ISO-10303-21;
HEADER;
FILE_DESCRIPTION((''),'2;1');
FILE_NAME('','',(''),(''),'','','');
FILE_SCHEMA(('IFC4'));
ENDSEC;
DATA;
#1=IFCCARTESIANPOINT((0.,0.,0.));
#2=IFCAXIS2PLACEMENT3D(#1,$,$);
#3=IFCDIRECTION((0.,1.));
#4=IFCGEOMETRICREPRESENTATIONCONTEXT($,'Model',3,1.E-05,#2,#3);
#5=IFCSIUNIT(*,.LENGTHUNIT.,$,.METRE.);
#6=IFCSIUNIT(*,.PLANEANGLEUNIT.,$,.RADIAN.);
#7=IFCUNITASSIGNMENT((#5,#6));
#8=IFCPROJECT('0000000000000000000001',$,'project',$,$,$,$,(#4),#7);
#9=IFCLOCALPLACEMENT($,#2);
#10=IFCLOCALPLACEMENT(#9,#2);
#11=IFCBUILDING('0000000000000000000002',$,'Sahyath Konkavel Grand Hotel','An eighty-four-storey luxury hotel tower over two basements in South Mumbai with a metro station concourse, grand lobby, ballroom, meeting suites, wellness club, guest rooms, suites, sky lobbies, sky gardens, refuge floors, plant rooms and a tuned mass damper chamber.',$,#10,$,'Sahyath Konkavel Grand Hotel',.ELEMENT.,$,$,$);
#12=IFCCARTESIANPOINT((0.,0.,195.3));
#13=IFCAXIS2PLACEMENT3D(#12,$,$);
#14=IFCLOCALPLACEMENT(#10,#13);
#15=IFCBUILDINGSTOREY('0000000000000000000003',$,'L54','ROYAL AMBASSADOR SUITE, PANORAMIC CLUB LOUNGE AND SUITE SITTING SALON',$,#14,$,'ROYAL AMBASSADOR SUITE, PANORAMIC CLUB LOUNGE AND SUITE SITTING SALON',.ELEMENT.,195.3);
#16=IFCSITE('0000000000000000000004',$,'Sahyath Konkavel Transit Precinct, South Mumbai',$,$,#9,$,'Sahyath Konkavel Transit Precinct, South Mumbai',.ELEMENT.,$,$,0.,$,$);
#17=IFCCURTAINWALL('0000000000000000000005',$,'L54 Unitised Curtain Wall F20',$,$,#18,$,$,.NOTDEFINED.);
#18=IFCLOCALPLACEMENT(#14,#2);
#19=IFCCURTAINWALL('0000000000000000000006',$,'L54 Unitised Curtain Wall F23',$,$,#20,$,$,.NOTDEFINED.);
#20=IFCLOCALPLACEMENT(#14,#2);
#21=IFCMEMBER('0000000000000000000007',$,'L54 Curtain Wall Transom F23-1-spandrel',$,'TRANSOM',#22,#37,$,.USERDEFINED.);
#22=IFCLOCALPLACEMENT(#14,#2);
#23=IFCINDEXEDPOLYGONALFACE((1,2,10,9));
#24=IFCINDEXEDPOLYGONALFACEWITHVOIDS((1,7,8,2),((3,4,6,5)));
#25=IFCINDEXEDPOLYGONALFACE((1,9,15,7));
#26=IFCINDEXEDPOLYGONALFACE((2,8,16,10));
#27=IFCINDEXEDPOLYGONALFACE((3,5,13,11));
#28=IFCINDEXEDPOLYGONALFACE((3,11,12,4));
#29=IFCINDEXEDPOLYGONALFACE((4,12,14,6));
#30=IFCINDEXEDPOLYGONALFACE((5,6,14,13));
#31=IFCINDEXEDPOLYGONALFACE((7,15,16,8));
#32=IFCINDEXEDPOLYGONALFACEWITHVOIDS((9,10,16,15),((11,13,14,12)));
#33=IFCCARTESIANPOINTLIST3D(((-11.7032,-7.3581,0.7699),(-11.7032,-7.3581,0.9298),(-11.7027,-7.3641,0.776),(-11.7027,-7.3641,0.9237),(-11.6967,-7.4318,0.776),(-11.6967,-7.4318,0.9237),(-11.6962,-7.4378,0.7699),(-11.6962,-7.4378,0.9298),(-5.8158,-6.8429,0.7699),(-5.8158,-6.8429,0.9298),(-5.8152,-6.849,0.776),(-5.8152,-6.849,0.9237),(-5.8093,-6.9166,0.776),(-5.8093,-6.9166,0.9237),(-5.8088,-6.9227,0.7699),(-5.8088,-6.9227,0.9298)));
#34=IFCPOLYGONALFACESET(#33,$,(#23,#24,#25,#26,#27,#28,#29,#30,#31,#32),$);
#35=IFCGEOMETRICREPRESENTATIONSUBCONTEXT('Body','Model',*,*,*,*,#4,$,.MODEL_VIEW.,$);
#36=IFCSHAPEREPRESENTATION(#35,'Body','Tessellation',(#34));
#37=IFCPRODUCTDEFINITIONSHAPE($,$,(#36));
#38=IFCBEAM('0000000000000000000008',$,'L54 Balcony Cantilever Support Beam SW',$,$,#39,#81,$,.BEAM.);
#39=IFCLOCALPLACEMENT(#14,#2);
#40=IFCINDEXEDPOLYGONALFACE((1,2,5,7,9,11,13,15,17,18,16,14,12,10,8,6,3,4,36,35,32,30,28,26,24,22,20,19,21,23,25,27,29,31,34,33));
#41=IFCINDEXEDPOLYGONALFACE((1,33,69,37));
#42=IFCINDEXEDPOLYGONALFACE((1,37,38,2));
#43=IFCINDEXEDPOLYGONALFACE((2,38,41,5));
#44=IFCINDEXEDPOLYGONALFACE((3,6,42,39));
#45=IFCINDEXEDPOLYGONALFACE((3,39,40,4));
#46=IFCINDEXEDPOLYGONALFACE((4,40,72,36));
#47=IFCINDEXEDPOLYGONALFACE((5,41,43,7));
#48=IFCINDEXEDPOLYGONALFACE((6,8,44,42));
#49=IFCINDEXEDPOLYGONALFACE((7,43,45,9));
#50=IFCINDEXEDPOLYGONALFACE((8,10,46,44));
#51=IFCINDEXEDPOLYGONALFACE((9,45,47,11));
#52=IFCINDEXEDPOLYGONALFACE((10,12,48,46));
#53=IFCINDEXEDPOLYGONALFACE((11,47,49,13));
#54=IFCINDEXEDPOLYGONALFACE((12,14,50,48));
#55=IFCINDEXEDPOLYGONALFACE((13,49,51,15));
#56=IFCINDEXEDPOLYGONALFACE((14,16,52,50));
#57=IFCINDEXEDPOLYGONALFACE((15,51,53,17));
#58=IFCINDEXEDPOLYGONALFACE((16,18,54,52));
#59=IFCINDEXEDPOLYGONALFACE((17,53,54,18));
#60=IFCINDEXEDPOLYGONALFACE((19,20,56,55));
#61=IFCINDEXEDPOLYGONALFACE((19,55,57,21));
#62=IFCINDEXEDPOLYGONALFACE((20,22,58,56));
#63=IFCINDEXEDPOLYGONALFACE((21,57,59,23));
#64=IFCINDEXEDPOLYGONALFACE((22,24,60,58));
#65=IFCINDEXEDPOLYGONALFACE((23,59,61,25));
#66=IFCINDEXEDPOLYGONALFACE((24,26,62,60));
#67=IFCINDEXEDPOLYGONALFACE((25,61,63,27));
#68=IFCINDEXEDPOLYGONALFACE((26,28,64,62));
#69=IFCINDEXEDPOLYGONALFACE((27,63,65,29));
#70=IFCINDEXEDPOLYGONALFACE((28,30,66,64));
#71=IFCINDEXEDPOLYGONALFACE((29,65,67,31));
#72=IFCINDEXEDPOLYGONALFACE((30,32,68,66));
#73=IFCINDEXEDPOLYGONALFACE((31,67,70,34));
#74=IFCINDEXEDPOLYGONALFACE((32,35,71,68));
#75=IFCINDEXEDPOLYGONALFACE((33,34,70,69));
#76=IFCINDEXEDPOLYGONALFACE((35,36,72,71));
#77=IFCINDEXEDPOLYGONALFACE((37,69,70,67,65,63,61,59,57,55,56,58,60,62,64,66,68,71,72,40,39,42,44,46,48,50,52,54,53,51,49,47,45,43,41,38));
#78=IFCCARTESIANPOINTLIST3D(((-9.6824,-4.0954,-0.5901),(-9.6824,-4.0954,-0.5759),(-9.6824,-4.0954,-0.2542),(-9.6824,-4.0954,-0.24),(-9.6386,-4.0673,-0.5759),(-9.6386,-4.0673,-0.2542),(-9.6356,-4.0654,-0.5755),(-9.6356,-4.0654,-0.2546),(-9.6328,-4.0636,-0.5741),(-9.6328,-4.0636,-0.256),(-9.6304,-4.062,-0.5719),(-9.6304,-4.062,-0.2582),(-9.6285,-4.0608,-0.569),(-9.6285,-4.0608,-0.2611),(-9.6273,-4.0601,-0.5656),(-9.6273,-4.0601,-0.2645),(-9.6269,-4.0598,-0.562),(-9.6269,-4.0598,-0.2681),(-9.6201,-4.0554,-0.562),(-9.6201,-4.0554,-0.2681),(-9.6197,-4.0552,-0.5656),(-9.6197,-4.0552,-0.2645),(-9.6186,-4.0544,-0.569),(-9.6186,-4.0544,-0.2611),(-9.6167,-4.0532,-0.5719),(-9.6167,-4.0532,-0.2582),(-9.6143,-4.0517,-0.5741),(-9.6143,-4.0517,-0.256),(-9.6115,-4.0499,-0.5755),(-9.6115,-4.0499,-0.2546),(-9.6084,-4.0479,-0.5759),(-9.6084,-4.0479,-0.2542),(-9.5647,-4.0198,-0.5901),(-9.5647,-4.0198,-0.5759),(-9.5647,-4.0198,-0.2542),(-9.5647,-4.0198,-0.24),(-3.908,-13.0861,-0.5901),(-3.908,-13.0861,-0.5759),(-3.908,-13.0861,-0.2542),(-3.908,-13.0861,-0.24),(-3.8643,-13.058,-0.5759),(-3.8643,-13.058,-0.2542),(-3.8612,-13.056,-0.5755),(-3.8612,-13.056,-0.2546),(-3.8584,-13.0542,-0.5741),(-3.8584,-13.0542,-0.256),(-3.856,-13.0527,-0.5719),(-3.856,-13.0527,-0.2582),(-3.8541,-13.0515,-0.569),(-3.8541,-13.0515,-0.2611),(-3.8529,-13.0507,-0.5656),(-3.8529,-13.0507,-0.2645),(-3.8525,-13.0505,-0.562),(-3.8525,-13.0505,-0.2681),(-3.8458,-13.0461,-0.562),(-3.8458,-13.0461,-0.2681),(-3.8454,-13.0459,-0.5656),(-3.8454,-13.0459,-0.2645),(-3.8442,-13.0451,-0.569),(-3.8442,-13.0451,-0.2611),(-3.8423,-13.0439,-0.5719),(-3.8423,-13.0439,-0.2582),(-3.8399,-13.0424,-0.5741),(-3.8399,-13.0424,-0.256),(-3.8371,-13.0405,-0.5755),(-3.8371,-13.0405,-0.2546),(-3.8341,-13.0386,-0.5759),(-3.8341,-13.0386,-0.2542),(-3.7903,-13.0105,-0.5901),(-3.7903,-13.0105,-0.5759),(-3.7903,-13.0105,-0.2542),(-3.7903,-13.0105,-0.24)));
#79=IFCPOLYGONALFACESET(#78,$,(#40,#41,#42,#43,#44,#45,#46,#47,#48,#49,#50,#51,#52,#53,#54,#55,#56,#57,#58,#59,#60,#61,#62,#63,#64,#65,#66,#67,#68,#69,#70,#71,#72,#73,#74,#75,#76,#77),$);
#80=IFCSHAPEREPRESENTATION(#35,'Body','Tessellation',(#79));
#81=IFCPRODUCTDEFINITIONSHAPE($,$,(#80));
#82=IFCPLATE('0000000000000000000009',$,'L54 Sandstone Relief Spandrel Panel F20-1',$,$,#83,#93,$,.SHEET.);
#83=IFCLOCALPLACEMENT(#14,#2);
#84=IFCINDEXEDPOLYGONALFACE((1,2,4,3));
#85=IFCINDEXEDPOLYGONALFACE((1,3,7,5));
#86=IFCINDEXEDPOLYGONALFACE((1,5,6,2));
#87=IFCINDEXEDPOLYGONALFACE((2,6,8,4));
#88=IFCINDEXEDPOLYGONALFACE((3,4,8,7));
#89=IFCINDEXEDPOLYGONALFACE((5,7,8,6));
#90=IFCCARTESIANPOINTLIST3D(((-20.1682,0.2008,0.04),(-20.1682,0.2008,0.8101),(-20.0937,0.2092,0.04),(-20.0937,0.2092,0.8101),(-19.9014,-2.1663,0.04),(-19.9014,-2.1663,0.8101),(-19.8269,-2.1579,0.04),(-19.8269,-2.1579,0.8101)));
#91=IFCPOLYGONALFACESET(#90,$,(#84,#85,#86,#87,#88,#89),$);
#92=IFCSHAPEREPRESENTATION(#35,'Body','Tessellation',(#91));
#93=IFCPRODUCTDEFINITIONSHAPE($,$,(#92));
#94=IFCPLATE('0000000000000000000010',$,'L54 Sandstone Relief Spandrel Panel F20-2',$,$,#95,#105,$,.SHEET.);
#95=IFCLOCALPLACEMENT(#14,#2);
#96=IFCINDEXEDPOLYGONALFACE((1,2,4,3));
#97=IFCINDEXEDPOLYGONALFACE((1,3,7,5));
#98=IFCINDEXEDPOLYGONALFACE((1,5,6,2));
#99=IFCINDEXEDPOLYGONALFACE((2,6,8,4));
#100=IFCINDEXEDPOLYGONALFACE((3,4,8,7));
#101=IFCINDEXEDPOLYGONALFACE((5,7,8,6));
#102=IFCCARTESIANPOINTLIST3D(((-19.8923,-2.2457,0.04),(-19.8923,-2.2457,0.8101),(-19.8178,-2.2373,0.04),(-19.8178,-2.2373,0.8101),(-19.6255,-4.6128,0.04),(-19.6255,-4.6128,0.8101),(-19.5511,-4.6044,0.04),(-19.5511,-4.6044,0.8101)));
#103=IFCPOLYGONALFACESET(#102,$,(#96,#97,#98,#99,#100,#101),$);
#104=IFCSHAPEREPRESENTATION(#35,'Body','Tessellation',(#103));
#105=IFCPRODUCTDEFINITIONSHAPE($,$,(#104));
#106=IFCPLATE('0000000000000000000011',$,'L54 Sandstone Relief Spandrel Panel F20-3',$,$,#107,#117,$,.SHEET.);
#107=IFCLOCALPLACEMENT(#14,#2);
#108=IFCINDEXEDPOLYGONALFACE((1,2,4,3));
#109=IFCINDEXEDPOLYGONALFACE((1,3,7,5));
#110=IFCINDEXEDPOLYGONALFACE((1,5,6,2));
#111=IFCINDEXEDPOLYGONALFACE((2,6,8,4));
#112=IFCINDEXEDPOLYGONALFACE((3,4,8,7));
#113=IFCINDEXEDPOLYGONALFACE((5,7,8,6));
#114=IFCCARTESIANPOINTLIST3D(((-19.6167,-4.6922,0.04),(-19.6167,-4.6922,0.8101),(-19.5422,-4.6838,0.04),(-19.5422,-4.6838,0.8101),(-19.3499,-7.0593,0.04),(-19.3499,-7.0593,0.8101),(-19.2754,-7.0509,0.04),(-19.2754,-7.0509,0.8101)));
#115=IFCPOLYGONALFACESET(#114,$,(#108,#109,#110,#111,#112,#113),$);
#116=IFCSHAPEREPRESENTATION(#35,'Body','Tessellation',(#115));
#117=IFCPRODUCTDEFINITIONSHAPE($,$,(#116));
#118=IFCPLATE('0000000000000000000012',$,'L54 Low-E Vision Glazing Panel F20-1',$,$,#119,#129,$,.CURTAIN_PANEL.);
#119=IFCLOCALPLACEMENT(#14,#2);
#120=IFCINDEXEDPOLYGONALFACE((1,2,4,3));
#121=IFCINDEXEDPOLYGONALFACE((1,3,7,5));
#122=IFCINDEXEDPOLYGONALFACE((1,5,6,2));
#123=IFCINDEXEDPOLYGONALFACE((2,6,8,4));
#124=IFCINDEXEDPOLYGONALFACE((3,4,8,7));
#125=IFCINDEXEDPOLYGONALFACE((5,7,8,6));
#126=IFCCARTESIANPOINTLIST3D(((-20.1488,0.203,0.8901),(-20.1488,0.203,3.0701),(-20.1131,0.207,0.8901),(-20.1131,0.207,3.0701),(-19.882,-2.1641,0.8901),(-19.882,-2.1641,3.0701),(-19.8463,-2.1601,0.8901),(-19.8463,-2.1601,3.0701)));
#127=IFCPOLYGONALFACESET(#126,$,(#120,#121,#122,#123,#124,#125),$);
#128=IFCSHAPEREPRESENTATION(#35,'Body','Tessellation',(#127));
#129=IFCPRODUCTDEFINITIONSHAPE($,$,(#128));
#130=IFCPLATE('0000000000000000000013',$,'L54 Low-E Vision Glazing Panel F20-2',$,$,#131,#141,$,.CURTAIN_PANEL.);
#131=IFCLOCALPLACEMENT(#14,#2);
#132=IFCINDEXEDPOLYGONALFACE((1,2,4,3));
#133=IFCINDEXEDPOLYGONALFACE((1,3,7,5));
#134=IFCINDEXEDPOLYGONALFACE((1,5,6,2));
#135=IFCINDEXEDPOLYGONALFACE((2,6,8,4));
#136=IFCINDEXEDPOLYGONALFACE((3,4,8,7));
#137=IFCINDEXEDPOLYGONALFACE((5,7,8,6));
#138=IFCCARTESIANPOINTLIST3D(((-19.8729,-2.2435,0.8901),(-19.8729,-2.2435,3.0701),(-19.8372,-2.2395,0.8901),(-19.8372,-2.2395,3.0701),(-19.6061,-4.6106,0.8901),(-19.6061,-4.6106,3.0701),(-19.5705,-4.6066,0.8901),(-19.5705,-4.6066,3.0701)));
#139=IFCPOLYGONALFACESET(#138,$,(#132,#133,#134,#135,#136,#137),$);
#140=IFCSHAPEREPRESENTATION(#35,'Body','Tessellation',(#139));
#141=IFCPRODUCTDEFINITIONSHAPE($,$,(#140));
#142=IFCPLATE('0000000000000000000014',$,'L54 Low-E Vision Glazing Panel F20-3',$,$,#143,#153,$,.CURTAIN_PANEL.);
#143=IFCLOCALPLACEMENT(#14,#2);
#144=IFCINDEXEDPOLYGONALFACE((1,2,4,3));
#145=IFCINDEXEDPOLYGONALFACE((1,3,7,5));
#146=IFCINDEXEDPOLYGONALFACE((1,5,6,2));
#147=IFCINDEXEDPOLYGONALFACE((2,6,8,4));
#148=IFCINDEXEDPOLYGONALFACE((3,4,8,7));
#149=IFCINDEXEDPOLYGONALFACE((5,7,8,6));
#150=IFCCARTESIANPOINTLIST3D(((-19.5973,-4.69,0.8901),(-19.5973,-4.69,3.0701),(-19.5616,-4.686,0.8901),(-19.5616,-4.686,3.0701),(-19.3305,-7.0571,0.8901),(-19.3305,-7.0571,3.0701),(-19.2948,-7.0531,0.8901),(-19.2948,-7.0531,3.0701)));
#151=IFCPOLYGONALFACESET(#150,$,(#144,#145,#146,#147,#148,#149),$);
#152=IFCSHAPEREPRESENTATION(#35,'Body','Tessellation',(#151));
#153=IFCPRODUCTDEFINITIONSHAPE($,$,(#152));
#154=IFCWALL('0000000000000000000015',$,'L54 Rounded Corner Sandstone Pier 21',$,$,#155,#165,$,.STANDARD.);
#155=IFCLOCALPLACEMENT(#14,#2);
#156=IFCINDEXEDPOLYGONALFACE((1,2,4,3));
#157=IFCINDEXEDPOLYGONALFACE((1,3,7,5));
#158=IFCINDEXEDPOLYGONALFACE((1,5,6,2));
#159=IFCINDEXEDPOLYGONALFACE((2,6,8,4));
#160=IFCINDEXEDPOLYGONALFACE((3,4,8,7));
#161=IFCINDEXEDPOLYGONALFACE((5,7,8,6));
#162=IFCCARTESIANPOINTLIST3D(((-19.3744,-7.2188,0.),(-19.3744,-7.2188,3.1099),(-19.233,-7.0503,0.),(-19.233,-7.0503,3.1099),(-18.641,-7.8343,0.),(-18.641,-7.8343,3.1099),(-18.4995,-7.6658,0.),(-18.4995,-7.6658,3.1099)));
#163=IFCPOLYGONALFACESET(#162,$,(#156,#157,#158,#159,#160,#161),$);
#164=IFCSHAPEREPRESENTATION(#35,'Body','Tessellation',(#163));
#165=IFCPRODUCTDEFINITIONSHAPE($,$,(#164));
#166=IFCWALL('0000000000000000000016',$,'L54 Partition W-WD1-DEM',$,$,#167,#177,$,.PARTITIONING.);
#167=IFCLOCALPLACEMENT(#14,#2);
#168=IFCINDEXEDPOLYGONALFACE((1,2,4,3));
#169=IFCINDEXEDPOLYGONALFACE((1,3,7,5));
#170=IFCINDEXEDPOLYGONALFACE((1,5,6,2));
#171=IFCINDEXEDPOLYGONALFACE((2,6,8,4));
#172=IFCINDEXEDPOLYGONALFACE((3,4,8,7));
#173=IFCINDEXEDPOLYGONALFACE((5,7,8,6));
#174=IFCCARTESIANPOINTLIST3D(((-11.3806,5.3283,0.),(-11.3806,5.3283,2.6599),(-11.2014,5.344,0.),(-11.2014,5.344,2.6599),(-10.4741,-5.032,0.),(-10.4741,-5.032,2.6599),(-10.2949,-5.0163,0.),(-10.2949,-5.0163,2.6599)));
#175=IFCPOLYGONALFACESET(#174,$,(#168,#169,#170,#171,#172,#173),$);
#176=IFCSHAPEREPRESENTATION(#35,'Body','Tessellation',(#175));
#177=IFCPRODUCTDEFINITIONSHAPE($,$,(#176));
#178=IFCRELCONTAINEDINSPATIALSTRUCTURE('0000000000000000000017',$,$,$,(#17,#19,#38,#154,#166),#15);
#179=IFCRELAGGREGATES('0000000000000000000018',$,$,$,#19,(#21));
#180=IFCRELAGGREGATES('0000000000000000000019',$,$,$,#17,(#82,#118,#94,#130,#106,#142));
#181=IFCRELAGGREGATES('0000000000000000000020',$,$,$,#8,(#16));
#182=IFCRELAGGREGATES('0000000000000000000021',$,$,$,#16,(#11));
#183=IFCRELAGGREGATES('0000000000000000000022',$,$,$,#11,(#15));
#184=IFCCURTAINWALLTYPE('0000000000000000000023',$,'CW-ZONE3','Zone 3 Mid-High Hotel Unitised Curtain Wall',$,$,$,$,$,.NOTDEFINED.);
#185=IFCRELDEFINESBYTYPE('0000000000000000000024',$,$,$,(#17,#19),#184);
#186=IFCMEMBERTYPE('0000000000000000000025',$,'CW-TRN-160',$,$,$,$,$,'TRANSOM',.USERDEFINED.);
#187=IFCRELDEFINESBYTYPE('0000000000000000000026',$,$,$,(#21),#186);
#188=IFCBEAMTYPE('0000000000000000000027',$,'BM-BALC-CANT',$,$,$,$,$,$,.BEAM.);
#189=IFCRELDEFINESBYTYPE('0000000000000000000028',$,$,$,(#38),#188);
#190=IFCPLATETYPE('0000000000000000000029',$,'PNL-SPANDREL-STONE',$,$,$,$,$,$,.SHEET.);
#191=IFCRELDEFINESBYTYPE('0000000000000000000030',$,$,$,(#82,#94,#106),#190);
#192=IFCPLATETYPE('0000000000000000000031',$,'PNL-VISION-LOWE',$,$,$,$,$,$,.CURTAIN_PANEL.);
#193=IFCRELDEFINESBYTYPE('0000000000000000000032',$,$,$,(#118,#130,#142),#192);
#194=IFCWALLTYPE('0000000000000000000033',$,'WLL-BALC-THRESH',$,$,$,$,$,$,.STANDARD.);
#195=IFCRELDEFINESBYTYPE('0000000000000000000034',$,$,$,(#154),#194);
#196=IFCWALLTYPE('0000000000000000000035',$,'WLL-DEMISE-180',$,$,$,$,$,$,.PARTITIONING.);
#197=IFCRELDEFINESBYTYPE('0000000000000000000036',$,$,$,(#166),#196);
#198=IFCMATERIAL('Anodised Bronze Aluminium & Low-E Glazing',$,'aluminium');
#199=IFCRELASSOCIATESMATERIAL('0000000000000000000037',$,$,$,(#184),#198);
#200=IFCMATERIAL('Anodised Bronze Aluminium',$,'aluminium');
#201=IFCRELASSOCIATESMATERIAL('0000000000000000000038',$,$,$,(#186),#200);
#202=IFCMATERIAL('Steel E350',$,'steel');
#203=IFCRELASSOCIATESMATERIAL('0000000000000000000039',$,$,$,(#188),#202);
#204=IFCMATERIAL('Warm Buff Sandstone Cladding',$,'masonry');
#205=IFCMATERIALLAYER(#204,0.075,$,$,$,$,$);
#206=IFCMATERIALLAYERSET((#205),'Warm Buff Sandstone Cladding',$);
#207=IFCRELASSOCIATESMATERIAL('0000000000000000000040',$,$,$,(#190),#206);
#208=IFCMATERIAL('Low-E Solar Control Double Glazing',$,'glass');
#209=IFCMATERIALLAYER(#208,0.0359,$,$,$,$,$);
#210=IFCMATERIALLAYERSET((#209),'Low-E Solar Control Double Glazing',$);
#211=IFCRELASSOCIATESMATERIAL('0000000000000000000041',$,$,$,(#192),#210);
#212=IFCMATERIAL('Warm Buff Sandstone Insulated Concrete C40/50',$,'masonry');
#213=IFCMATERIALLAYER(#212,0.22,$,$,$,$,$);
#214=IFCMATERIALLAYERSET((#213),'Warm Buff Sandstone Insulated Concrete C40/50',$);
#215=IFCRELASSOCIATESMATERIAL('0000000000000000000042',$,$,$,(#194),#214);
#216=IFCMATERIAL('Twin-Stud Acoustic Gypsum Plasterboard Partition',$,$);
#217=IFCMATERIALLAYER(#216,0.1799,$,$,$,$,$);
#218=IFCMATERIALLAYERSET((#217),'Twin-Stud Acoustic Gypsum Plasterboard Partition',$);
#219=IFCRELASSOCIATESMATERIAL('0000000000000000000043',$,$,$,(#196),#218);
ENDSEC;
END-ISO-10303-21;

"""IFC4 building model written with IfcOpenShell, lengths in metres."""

from ifc_helpers import new_model, si_unit, direction, frame, frame_2d, origin, origin_2d, place, context, subcontext, project, spatial, rectangle, hollow_rectangle, i_section, extrude, source, transform, mapped, material, layer, layer_set, material_profile, profile_set, type_object, element, aggregate, save


model = new_model("IFC4")

# Units and contexts
model_context = context("Model", 3, precision=1e-05, world=origin(), true_north=direction((0.0, 1.0)))
body_context = subcontext(model_context, "Body", "Model", "MODEL_VIEW")
ifc_project = project(units=[si_unit("LENGTHUNIT", "METRE"), si_unit("PLANEANGLEUNIT", "RADIAN")], contexts=[model_context])

# Site, building, storey
site_placement = place(None, origin())
site = spatial("IfcSite", under=ifc_project, at=site_placement, Name="Sahyath Konkavel Transit Precinct, South Mumbai", LongName="Sahyath Konkavel Transit Precinct, South Mumbai", CompositionType="ELEMENT", RefElevation=0.0)
building_placement = place(site_placement, origin())
building = spatial("IfcBuilding", under=site, at=building_placement, Name="Sahyath Konkavel Grand Hotel", Description="An eighty-four-storey luxury hotel tower over two basements in South Mumbai with a metro station concourse, grand lobby, ballroom, meeting suites, wellness club, guest rooms, suites, sky lobbies, sky gardens, refuge floors, plant rooms and a tuned mass damper chamber.", LongName="Sahyath Konkavel Grand Hotel", CompositionType="ELEMENT")
storey_placement = place(building_placement, frame((0.0, 0.0, 195.3)))
storey = spatial("IfcBuildingStorey", under=building, at=storey_placement, Name="L54", Description="ROYAL AMBASSADOR SUITE, PANORAMIC CLUB LOUNGE AND SUITE SITTING SALON", LongName="ROYAL AMBASSADOR SUITE, PANORAMIC CLUB LOUNGE AND SUITE SITTING SALON", CompositionType="ELEMENT", Elevation=195.3)

# Shared definitions
ifc_material_1 = material(Name="Steel E350", Category="steel")

# Curtain wall
ifc_material_2 = material(Name="Anodised Bronze Aluminium & Low-E Glazing", Category="aluminium")
curtain_wall_type = type_object("IfcCurtainWallType", Name="CW-ZONE3", Description="Zone 3 Mid-High Hotel Unitised Curtain Wall", PredefinedType="NOTDEFINED", material=ifc_material_2)
curtain_wall_1_placement = place(storey_placement, origin())
curtain_wall_1 = element("IfcCurtainWall", 1, at=curtain_wall_1_placement, inside=storey, type_object=curtain_wall_type, Name="L54 Unitised Curtain Wall F20", PredefinedType="NOTDEFINED")
ifc_material_3 = material(Name="Anodised Bronze Aluminium", Category="aluminium")
ifc_material_profile_1 = material_profile(ifc_material_3, hollow_rectangle(XDim=0.0801, YDim=0.1599, WallThickness=0.0061, at=origin_2d()), Name="RHS 160x80x6")
ifc_profile_set_1 = profile_set([ifc_material_profile_1], Name="Anodised Bronze Aluminium")
member_type_1 = type_object("IfcMemberType", Name="CW-TRN-160", ElementType="TRANSOM", PredefinedType="USERDEFINED", material=ifc_profile_set_1)

# Curtain wall, member
curtain_wall_2_placement = place(storey_placement, origin())
curtain_wall_2 = element("IfcCurtainWall", 2, at=curtain_wall_2_placement, inside=storey, type_object=curtain_wall_type, Name="L54 Unitised Curtain Wall F23", PredefinedType="NOTDEFINED")
shared_shape_1 = source(origin(), body_context, "Body", "SweptSolid", [
    extrude(hollow_rectangle(XDim=0.0801, YDim=0.1599, WallThickness=0.0061, at=origin_2d()), origin(), (0.0, 0.0, 1.0), 5.9099),
])
member_1_placement = place(storey_placement, frame((-11.6997, -7.3979, 0.8499), z_axis=(0.996194, 0.087164, 0.0), x_axis=(-0.087164, 0.996194, 0.0)))
member_1 = element("IfcMember", 3, at=member_1_placement, type_object=member_type_1, Name="L54 Curtain Wall Transom F23-1-spandrel", ObjectType="TRANSOM", PredefinedType="USERDEFINED", context=body_context, shape_type="MappedRepresentation", body=[
    mapped(shared_shape_1, transform((0.0, 0.0, 0.0), scale=1.0)),
])
aggregate(curtain_wall_2, [member_1])

# Beam
ifc_material_profile_2 = material_profile(ifc_material_1, i_section(OverallWidth=0.1399, OverallDepth=0.3501, WebThickness=0.0081, FlangeThickness=0.0142, FilletRadius=0.0139, at=origin_2d()), Name="ISMB 350")
ifc_profile_set_2 = profile_set([ifc_material_profile_2], Name="Steel E350")
beam_type_1 = type_object("IfcBeamType", Name="BM-BALC-CANT", PredefinedType="BEAM", material=ifc_profile_set_2)
shared_shape_2 = source(origin(), body_context, "Body", "SweptSolid", [
    extrude(i_section(OverallWidth=0.1399, OverallDepth=0.3501, WebThickness=0.0081, FlangeThickness=0.0142, FilletRadius=0.0139, at=origin_2d()), origin(), (0.0, 0.0, 1.0), 10.6853),
])
beam_1_placement = place(storey_placement, frame((-9.6235, -4.0576, -0.415), z_axis=(0.540404, -0.841406, 0.0), x_axis=(0.841406, 0.540404, 0.0)))
element("IfcBeam", 4, at=beam_1_placement, inside=storey, type_object=beam_type_1, Name="L54 Balcony Cantilever Support Beam SW", PredefinedType="BEAM", context=body_context, shape_type="MappedRepresentation", body=[
    mapped(shared_shape_2, transform((0.0, 0.0, 0.0), scale=1.0)),
])

# Plates
ifc_material_4 = material(Name="Warm Buff Sandstone Cladding", Category="masonry")
ifc_layer_1 = layer(ifc_material_4, 0.075)
ifc_layer_set_1 = layer_set([ifc_layer_1], Name="Warm Buff Sandstone Cladding")
plate_type_1 = type_object("IfcPlateType", Name="PNL-SPANDREL-STONE", PredefinedType="SHEET", material=ifc_layer_set_1)
shared_shape_3 = source(origin(), body_context, "Body", "SweptSolid", [
    extrude(rectangle(XDim=2.3821, YDim=0.075, at=origin_2d()), origin(), (0.0, 0.0, 1.0), 0.77),
])
plate_1_placement = place(storey_placement, frame((-19.9976, -0.9785, 0.04), z_axis=(0.0, 0.0, 1.0), x_axis=(0.111989, -0.993709, 0.0)))
plate_1 = element("IfcPlate", 5, at=plate_1_placement, type_object=plate_type_1, Name="L54 Sandstone Relief Spandrel Panel F20-1", PredefinedType="SHEET", context=body_context, shape_type="MappedRepresentation", body=[
    mapped(shared_shape_3, transform((0.0, 0.0, 0.0), scale=1.0)),
])
plate_2_placement = place(storey_placement, frame((-19.7217, -3.425, 0.04), z_axis=(0.0, 0.0, 1.0), x_axis=(0.111989, -0.993709, 0.0)))
plate_2 = element("IfcPlate", 6, at=plate_2_placement, type_object=plate_type_1, Name="L54 Sandstone Relief Spandrel Panel F20-2", PredefinedType="SHEET", context=body_context, shape_type="MappedRepresentation", body=[
    mapped(shared_shape_3, transform((0.0, 0.0, 0.0), scale=1.0)),
])
plate_3_placement = place(storey_placement, frame((-19.446, -5.8716, 0.04), z_axis=(0.0, 0.0, 1.0), x_axis=(0.111989, -0.993709, 0.0)))
plate_3 = element("IfcPlate", 7, at=plate_3_placement, type_object=plate_type_1, Name="L54 Sandstone Relief Spandrel Panel F20-3", PredefinedType="SHEET", context=body_context, shape_type="MappedRepresentation", body=[
    mapped(shared_shape_3, transform((0.0, 0.0, 0.0), scale=1.0)),
])
ifc_material_5 = material(Name="Low-E Solar Control Double Glazing", Category="glass")
ifc_layer_2 = layer(ifc_material_5, 0.0359)
ifc_layer_set_2 = layer_set([ifc_layer_2], Name="Low-E Solar Control Double Glazing")
plate_type_2 = type_object("IfcPlateType", Name="PNL-VISION-LOWE", PredefinedType="CURTAIN_PANEL", material=ifc_layer_set_2)
shared_shape_4 = source(origin(), body_context, "Body", "SweptSolid", [
    extrude(rectangle(XDim=2.3821, YDim=0.0359, at=origin_2d()), origin(), (0.0, 0.0, 1.0), 2.1799),
])
plate_4_placement = place(storey_placement, frame((-19.9976, -0.9785, 0.8901), z_axis=(0.0, 0.0, 1.0), x_axis=(0.111989, -0.993709, 0.0)))
plate_4 = element("IfcPlate", 8, at=plate_4_placement, type_object=plate_type_2, Name="L54 Low-E Vision Glazing Panel F20-1", PredefinedType="CURTAIN_PANEL", context=body_context, shape_type="MappedRepresentation", body=[
    mapped(shared_shape_4, transform((0.0, 0.0, 0.0), scale=1.0)),
])
plate_5_placement = place(storey_placement, frame((-19.7217, -3.425, 0.8901), z_axis=(0.0, 0.0, 1.0), x_axis=(0.111989, -0.993709, 0.0)))
plate_5 = element("IfcPlate", 9, at=plate_5_placement, type_object=plate_type_2, Name="L54 Low-E Vision Glazing Panel F20-2", PredefinedType="CURTAIN_PANEL", context=body_context, shape_type="MappedRepresentation", body=[
    mapped(shared_shape_4, transform((0.0, 0.0, 0.0), scale=1.0)),
])
plate_6_placement = place(storey_placement, frame((-19.446, -5.8716, 0.8901), z_axis=(0.0, 0.0, 1.0), x_axis=(0.111989, -0.993709, 0.0)))
plate_6 = element("IfcPlate", 10, at=plate_6_placement, type_object=plate_type_2, Name="L54 Low-E Vision Glazing Panel F20-3", PredefinedType="CURTAIN_PANEL", context=body_context, shape_type="MappedRepresentation", body=[
    mapped(shared_shape_4, transform((0.0, 0.0, 0.0), scale=1.0)),
])
aggregate(curtain_wall_1, [plate_1, plate_4, plate_2, plate_5, plate_3, plate_6])

# Walls
ifc_material_6 = material(Name="Warm Buff Sandstone Insulated Concrete C40/50", Category="masonry")
ifc_layer_3 = layer(ifc_material_6, 0.22)
ifc_layer_set_3 = layer_set([ifc_layer_3], Name="Warm Buff Sandstone Insulated Concrete C40/50")
wall_type_1 = type_object("IfcWallType", Name="WLL-BALC-THRESH", PredefinedType="STANDARD", material=ifc_layer_set_3)
wall_1_placement = place(storey_placement, frame((-19.3037, -7.1345, 0.0), z_axis=(0.0, 0.0, 1.0), x_axis=(0.766001, -0.642839, 0.0)))
element("IfcWall", 11, at=wall_1_placement, inside=storey, type_object=wall_type_1, Name="L54 Rounded Corner Sandstone Pier 21", PredefinedType="STANDARD", context=body_context, shape_type="SweptSolid", body=[
    extrude(rectangle(XDim=0.9575, YDim=0.22, at=frame_2d((0.4788, 0.0))), origin(), (0.0, 0.0, 1.0), 3.1099),
])
ifc_material_7 = material(Name="Twin-Stud Acoustic Gypsum Plasterboard Partition")
ifc_layer_4 = layer(ifc_material_7, 0.1799)
ifc_layer_set_4 = layer_set([ifc_layer_4], Name="Twin-Stud Acoustic Gypsum Plasterboard Partition")
wall_type_2 = type_object("IfcWallType", Name="WLL-DEMISE-180", PredefinedType="PARTITIONING", material=ifc_layer_set_4)
wall_2_placement = place(storey_placement, frame((-10.3845, -5.0242, 0.0), z_axis=(0.0, 0.0, 1.0), x_axis=(-0.087163, 0.996194, 0.0)))
element("IfcWall", 12, at=wall_2_placement, inside=storey, type_object=wall_type_2, Name="L54 Partition W-WD1-DEM", PredefinedType="PARTITIONING", context=body_context, shape_type="SweptSolid", body=[
    extrude(rectangle(XDim=10.3999, YDim=0.1799, at=frame_2d((5.2, 0.0))), origin(), (0.0, 0.0, 1.0), 2.6599),
])

save(model, "model.ifc")
